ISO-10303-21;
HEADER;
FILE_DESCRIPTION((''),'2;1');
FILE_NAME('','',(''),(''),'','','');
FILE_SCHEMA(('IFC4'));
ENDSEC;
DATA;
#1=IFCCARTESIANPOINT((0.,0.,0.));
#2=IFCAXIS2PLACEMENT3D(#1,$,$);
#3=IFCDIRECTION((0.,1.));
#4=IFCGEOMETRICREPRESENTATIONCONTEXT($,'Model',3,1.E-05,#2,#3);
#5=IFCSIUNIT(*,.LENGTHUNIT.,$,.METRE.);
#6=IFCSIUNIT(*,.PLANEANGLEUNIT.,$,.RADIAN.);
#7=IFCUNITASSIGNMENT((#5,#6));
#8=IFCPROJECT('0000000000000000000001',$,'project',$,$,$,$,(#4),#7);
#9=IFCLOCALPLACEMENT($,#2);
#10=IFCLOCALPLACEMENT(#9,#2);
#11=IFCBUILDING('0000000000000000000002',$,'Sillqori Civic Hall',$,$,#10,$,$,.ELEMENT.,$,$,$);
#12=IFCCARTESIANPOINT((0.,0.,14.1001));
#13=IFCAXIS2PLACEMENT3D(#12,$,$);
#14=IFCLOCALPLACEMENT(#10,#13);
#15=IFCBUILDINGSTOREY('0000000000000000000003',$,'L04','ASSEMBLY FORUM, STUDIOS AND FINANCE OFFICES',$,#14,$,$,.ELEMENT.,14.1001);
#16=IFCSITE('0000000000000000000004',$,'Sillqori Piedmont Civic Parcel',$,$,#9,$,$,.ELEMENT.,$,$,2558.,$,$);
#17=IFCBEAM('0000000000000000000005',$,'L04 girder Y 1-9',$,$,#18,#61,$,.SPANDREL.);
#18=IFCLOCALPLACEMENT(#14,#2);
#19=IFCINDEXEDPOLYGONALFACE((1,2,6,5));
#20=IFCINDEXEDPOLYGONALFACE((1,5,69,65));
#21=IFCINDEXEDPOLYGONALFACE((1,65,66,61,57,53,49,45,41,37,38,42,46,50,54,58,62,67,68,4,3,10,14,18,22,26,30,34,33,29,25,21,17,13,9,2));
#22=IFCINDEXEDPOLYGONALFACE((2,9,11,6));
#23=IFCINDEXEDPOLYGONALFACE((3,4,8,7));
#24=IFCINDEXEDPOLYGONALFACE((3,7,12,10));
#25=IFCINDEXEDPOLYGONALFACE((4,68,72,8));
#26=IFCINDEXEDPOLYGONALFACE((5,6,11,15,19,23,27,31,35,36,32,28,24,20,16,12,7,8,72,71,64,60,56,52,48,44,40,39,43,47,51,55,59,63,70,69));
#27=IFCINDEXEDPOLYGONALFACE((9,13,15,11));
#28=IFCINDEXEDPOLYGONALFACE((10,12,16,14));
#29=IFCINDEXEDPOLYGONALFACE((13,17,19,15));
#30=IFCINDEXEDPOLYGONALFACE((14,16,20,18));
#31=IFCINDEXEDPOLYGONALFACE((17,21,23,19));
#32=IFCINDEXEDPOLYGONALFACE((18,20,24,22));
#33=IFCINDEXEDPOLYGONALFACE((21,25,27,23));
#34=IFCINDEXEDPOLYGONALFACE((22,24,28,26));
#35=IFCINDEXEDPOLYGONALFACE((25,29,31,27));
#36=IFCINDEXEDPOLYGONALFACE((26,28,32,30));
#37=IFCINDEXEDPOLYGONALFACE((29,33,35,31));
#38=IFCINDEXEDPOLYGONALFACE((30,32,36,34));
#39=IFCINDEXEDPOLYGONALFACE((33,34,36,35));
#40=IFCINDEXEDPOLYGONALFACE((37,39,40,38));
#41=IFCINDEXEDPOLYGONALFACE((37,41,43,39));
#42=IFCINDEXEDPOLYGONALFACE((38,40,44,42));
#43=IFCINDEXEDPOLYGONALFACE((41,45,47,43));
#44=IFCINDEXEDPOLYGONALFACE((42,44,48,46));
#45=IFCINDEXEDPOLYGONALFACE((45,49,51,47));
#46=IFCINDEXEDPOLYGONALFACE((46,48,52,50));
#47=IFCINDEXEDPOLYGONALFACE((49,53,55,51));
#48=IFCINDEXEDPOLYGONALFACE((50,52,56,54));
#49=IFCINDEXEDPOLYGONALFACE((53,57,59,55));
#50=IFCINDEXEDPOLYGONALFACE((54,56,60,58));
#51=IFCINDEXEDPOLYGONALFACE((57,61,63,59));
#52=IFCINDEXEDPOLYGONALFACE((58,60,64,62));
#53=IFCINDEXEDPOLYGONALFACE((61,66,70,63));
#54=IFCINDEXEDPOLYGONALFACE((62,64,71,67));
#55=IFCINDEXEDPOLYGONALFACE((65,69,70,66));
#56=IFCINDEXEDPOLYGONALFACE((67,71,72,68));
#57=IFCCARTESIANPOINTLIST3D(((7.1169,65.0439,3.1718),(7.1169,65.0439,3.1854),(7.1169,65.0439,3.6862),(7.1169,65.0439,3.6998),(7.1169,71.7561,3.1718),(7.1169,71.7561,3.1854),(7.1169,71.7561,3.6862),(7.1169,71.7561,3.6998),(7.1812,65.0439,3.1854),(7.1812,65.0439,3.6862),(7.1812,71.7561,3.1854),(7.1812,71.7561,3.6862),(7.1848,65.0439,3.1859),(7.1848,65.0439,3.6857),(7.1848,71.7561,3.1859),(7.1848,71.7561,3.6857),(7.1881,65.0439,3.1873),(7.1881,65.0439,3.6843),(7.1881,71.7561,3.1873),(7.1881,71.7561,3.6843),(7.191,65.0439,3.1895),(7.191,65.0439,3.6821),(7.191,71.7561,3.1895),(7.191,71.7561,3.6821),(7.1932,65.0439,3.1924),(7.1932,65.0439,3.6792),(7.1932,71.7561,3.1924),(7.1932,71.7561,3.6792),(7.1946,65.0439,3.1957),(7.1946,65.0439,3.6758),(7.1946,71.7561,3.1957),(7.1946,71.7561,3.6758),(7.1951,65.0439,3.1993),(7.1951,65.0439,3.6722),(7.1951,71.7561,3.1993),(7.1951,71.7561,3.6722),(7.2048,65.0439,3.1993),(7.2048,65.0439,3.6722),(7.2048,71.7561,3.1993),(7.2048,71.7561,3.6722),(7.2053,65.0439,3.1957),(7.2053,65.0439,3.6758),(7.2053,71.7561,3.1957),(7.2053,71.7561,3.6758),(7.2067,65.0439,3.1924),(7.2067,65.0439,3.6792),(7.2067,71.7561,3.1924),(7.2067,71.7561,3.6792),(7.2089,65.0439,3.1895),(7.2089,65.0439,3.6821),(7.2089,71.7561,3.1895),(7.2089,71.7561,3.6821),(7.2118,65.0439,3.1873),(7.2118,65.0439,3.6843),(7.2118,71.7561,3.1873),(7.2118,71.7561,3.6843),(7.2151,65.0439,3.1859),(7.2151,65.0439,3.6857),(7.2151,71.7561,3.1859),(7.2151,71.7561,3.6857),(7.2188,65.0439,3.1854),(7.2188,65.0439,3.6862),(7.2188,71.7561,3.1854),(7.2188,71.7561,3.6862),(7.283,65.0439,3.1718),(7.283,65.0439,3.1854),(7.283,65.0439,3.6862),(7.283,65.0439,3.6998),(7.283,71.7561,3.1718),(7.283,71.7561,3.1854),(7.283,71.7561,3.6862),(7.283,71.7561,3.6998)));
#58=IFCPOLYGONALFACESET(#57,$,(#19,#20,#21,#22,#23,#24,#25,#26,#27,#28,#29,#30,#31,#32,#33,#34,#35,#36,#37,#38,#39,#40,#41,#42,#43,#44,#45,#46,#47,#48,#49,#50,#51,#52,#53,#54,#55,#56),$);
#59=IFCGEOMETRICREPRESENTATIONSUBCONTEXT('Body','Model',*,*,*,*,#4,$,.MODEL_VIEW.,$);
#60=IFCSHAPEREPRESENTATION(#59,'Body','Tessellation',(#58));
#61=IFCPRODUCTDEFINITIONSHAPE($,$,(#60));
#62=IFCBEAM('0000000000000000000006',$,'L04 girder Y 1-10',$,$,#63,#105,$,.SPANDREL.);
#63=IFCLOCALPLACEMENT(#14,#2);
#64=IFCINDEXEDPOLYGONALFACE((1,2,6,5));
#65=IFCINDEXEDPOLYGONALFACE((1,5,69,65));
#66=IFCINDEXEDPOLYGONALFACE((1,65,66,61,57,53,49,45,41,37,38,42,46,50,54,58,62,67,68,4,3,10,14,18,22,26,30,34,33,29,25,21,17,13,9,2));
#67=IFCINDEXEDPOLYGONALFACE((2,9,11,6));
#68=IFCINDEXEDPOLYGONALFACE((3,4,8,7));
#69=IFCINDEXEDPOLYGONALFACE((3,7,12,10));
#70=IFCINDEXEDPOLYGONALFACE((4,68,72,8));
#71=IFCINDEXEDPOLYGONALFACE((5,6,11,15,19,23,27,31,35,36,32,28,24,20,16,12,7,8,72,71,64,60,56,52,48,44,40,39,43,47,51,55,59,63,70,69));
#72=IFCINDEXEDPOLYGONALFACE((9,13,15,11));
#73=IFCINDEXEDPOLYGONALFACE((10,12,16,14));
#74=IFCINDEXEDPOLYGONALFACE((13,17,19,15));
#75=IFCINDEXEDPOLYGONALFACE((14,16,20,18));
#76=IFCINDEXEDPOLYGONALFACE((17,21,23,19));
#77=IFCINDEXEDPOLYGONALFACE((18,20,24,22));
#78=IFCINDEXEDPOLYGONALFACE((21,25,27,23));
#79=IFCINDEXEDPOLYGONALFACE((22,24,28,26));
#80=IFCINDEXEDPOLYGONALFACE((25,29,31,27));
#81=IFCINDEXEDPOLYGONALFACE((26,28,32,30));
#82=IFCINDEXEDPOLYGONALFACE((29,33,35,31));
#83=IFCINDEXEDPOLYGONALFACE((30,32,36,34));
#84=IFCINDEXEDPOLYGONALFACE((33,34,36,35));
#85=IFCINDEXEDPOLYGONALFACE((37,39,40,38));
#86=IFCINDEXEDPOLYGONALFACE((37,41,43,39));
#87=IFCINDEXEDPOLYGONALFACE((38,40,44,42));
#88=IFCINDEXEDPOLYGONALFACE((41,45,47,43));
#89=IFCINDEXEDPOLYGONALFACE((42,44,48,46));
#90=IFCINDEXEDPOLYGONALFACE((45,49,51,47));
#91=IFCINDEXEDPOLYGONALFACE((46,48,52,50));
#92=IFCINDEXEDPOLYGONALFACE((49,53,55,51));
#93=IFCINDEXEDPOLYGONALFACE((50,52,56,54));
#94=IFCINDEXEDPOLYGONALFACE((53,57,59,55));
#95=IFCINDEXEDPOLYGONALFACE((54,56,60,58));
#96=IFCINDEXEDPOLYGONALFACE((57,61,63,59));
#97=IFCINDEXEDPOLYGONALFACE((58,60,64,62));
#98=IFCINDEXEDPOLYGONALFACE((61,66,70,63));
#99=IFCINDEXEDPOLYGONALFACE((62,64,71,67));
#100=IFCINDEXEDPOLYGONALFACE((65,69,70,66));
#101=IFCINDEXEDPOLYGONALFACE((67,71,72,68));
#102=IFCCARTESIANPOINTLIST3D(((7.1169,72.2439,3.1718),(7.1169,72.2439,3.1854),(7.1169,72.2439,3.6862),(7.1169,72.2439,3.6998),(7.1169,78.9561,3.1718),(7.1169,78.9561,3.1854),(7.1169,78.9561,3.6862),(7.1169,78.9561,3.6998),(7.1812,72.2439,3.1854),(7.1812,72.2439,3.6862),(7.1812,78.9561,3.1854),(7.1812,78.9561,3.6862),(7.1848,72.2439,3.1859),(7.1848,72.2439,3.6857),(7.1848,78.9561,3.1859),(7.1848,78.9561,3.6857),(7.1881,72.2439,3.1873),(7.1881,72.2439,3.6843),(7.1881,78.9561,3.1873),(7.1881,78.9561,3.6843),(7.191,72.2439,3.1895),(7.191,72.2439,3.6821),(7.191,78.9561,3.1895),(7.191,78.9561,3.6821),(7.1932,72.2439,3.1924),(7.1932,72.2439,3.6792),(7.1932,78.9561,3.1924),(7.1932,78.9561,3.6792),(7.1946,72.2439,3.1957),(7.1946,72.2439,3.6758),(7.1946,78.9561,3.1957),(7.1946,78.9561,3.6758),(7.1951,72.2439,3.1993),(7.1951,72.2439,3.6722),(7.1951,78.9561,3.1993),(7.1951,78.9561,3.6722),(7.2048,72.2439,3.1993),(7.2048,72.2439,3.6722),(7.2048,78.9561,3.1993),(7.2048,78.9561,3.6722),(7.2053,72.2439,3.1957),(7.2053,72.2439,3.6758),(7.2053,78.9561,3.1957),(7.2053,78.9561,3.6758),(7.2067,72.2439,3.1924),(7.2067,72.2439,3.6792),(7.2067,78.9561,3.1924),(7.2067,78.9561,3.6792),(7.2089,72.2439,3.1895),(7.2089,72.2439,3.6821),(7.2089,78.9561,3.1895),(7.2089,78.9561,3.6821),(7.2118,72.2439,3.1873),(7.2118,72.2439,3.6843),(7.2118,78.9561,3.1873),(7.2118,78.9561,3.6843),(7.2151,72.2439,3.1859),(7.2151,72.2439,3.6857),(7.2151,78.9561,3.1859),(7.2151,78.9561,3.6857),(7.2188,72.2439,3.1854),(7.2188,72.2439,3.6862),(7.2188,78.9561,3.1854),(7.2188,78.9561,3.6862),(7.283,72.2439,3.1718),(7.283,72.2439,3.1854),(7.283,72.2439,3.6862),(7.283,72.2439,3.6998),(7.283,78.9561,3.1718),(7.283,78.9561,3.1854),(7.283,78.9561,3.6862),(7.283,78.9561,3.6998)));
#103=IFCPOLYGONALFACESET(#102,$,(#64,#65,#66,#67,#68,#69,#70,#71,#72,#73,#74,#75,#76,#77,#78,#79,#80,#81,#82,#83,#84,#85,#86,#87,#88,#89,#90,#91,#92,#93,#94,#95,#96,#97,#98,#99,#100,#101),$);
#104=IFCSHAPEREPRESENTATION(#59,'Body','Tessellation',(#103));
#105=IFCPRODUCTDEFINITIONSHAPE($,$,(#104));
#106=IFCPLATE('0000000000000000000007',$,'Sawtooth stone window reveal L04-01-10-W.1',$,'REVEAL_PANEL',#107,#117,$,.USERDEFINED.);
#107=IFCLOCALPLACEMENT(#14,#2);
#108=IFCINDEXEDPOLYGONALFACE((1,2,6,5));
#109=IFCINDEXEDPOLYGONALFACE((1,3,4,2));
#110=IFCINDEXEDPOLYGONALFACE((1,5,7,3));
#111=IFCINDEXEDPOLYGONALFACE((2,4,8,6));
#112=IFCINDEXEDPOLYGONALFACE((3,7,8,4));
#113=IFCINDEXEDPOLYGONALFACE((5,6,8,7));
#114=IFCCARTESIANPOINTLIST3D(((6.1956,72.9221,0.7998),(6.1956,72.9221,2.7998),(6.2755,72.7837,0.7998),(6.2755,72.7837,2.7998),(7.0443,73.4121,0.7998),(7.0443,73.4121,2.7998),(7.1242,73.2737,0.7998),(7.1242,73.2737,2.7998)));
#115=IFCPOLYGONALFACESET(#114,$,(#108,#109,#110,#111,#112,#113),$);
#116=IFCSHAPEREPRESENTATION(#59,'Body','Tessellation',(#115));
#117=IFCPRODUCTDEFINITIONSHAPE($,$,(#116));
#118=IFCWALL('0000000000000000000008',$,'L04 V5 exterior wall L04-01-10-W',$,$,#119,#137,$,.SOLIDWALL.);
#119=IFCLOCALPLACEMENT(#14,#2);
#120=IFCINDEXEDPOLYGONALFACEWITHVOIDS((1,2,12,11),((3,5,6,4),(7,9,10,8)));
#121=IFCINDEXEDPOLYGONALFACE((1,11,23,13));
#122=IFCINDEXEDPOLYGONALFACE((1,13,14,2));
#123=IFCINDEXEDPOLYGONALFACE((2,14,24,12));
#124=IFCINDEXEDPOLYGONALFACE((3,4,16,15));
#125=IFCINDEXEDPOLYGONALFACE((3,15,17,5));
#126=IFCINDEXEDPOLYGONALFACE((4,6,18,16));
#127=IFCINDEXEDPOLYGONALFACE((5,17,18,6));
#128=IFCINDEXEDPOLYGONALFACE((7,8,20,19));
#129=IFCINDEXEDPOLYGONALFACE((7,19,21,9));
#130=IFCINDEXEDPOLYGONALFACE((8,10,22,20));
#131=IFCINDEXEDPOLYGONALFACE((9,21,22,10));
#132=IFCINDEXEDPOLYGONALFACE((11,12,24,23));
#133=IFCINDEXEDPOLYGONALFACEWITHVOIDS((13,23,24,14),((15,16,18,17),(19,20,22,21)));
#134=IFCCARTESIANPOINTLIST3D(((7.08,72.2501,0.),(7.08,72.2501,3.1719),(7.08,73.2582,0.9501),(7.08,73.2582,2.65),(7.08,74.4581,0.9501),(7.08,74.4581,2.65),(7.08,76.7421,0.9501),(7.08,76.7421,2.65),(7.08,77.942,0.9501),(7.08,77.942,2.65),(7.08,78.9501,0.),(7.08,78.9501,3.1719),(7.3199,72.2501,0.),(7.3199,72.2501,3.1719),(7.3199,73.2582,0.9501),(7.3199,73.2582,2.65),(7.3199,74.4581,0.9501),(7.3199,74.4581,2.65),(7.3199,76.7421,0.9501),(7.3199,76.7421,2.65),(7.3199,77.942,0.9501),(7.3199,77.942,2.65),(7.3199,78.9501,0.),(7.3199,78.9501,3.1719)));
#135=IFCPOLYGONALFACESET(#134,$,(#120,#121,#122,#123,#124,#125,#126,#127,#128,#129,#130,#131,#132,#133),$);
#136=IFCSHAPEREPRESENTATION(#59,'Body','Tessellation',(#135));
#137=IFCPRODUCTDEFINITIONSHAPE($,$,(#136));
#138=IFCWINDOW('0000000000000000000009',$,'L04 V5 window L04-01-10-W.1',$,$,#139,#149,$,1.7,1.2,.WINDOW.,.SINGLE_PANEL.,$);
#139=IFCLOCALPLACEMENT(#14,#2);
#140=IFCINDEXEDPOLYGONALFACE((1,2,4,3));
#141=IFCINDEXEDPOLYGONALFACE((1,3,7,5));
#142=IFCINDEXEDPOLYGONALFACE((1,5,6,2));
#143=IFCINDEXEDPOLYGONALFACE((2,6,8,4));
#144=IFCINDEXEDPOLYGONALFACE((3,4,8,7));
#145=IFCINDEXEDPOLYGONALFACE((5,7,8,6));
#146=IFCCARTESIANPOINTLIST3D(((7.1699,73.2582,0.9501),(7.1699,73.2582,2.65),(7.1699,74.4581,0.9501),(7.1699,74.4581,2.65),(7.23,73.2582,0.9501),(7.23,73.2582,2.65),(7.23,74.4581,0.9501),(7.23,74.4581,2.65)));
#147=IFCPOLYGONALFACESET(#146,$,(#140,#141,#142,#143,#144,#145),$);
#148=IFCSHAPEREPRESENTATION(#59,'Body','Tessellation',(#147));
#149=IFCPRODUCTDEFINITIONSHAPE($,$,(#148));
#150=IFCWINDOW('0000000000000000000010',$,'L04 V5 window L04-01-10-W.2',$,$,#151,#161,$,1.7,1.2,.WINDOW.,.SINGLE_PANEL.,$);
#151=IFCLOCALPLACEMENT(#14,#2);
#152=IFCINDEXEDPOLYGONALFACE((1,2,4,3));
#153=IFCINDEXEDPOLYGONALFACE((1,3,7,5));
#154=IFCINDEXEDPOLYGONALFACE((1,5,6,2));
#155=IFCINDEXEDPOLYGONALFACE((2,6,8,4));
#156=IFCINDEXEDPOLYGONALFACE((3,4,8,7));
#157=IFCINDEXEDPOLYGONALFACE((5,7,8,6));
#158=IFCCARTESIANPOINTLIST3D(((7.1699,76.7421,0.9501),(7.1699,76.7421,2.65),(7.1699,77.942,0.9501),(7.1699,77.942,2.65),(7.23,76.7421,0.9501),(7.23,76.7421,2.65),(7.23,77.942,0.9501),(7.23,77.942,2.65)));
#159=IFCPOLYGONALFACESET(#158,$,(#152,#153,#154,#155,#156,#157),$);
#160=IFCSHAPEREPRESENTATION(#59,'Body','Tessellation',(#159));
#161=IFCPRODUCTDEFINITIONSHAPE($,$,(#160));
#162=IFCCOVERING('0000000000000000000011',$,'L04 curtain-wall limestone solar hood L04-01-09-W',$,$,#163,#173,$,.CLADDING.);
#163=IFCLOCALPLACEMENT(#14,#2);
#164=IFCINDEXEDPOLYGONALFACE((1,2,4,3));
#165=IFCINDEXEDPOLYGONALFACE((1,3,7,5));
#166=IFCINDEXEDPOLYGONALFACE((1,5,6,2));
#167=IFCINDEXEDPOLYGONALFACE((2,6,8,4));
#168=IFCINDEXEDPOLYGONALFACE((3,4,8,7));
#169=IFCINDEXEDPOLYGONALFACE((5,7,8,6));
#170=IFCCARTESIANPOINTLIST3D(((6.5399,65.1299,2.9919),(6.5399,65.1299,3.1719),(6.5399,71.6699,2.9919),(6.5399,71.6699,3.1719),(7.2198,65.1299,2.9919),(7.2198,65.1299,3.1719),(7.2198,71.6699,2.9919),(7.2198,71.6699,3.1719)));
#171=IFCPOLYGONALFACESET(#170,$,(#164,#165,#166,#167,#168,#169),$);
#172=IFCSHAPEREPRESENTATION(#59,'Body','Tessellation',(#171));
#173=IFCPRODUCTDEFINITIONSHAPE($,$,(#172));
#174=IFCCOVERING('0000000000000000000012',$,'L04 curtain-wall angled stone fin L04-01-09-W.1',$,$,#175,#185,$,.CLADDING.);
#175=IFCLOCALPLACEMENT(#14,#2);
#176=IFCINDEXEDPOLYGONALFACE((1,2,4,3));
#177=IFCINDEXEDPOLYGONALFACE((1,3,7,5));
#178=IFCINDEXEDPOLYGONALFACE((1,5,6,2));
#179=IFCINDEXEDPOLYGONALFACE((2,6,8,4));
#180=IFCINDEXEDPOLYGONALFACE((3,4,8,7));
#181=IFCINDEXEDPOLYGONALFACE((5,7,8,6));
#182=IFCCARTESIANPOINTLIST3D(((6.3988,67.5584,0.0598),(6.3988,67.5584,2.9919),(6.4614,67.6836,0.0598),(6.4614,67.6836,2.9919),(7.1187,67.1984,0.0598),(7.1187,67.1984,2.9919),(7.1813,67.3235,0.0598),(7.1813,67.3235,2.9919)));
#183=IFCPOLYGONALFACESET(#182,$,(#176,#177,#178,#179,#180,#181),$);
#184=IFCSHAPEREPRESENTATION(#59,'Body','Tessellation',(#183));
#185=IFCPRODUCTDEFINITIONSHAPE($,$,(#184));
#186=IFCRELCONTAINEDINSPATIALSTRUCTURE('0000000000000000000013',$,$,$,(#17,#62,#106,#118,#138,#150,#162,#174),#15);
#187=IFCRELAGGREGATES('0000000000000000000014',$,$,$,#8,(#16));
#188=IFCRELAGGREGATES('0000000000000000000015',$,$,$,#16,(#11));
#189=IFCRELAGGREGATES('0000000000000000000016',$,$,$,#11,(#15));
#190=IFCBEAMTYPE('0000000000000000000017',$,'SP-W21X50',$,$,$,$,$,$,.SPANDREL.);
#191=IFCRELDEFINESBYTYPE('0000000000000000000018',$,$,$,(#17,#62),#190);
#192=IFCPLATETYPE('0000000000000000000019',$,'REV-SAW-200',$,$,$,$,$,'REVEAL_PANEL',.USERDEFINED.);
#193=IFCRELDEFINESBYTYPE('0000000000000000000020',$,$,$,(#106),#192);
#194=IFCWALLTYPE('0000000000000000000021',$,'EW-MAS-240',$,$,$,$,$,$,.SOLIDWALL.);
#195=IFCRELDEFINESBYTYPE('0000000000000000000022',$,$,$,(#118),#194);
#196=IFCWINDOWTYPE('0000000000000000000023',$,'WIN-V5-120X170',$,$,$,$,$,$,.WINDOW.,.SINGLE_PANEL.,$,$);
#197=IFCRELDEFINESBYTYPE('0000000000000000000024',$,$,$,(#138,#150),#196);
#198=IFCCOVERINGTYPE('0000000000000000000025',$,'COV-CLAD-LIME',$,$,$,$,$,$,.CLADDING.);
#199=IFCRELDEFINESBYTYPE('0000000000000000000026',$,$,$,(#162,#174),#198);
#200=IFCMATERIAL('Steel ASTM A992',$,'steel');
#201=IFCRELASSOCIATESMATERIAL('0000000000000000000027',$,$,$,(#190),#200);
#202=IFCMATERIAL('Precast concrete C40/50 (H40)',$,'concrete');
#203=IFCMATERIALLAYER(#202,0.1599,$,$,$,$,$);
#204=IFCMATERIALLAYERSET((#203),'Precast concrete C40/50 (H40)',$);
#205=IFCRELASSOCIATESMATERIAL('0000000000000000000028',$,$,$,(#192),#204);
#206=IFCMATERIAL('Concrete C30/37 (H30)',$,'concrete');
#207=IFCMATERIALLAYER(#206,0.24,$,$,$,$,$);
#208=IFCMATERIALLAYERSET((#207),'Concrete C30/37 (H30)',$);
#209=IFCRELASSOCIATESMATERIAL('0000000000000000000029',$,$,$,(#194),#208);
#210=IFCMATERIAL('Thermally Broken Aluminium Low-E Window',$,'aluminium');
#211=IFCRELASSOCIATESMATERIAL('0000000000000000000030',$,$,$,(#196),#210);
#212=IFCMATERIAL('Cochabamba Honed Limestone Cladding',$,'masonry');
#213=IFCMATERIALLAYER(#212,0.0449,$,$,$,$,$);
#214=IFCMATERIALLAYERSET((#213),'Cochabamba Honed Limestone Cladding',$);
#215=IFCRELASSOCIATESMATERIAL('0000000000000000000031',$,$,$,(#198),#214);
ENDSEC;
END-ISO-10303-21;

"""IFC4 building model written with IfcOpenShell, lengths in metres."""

from ifc_helpers import new_model, si_unit, direction, frame, frame_2d, origin, origin_2d, place, context, subcontext, project, spatial, rectangle, i_section, extrude, material, layer, layer_set, material_profile, profile_set, type_object, element, fill, save


model = new_model("IFC4")

# Units and contexts
model_context = context("Model", 3, precision=1e-05, world=origin(), true_north=direction((0.0, 1.0)))
body_context = subcontext(model_context, "Body", "Model", "MODEL_VIEW")
ifc_project = project(units=[si_unit("LENGTHUNIT", "METRE"), si_unit("PLANEANGLEUNIT", "RADIAN")], contexts=[model_context])

# Site, building, storey
site_placement = place(None, origin())
site = spatial("IfcSite", under=ifc_project, at=site_placement, Name="Sillqori Piedmont Civic Parcel", CompositionType="ELEMENT", RefElevation=2558.0)
building_placement = place(site_placement, origin())
building = spatial("IfcBuilding", under=site, at=building_placement, Name="Sillqori Civic Hall", CompositionType="ELEMENT")
storey_placement = place(building_placement, frame((0.0, 0.0, 14.1001)))
storey = spatial("IfcBuildingStorey", under=building, at=storey_placement, Name="L04", Description="ASSEMBLY FORUM, STUDIOS AND FINANCE OFFICES", CompositionType="ELEMENT", Elevation=14.1001)

# Shared definitions
ifc_material_1 = material(Name="Steel ASTM A992", Category="steel")

# Beams
ifc_material_profile_1 = material_profile(ifc_material_1, i_section(OverallWidth=0.166, OverallDepth=0.5281, WebThickness=0.0098, FlangeThickness=0.0137, FilletRadius=0.0139, at=origin_2d()), Name="W21X50")
ifc_profile_set_1 = profile_set([ifc_material_profile_1], Name="Steel ASTM A992")
beam_type_1 = type_object("IfcBeamType", Name="SP-W21X50", PredefinedType="SPANDREL", material=ifc_profile_set_1)
for number, where, z_axis, x_axis, name in (
    (1, (7.2, 65.0439, 3.4358), (0.0, 1.0, 0.0), (-1.0, 0.0, 0.0), "L04 girder Y 1-9"),
    (2, (7.2, 72.2439, 3.4358), (0.0, 1.0, 0.0), (-1.0, 0.0, 0.0), "L04 girder Y 1-10"),
):
    element("IfcBeam", number, at=place(storey_placement, frame(where, z_axis=z_axis, x_axis=x_axis)), inside=storey, type_object=beam_type_1, Name=name, PredefinedType="SPANDREL", context=body_context, shape_type="SweptSolid", body=[
        extrude(i_section(OverallWidth=0.166, OverallDepth=0.5281, WebThickness=0.0098, FlangeThickness=0.0137, FilletRadius=0.0139, at=origin_2d()), origin(), (0.0, 0.0, 1.0), 6.7122),
    ])

# Plate
ifc_material_2 = material(Name="Precast concrete C40/50 (H40)", Category="concrete")
ifc_layer_1 = layer(ifc_material_2, 0.1599)
ifc_layer_set_1 = layer_set([ifc_layer_1], Name="Precast concrete C40/50 (H40)")
plate_type_1 = type_object("IfcPlateType", Name="REV-SAW-200", ElementType="REVEAL_PANEL", PredefinedType="USERDEFINED", material=ifc_layer_set_1)
plate_1_placement = place(storey_placement, frame((6.6599, 73.0979, 0.7998), z_axis=(0.0, 0.0, 1.0), x_axis=(-0.5, 0.866025, 0.0)))
element("IfcPlate", 3, at=plate_1_placement, inside=storey, type_object=plate_type_1, Name="Sawtooth stone window reveal L04-01-10-W.1", ObjectType="REVEAL_PANEL", PredefinedType="USERDEFINED", context=body_context, shape_type="SweptSolid", body=[
    extrude(rectangle(XDim=0.1599, YDim=0.98, at=origin_2d()), origin(), (0.0, 0.0, 1.0), 2.0),
])

# Wall, openings, windows
ifc_material_3 = material(Name="Concrete C30/37 (H30)", Category="concrete")
ifc_layer_2 = layer(ifc_material_3, 0.24)
ifc_layer_set_2 = layer_set([ifc_layer_2], Name="Concrete C30/37 (H30)")
wall_type = type_object("IfcWallType", Name="EW-MAS-240", PredefinedType="SOLIDWALL", material=ifc_layer_set_2)
wall_placement = place(storey_placement, frame((7.2, 72.25, 0.0), z_axis=(0.0, 0.0, 1.0), x_axis=(0.0, 1.0, 0.0)))
wall = element("IfcWall", 4, at=wall_placement, inside=storey, type_object=wall_type, Name="L04 V5 exterior wall L04-01-10-W", PredefinedType="SOLIDWALL", context=body_context, shape_type="SweptSolid", body=[
    extrude(rectangle(XDim=6.7, YDim=0.24, at=frame_2d((3.3501, 0.0))), origin(), (0.0, 0.0, 1.0), 3.1719),
])
opening_1_placement = place(wall_placement, frame((1.0081, 0.0, 0.95)))
opening_1 = element("IfcOpeningElement", 5, at=opening_1_placement, cuts=wall, PredefinedType="OPENING", context=body_context, shape_type="SweptSolid", body=[
    extrude(rectangle(XDim=1.2, YDim=1.7, at=frame_2d((0.6001, 0.8501))), frame((0.0, 0.1299, 0.0), z_axis=(0.0, -1.0, 0.0), x_axis=(1.0, 0.0, 0.0)), (0.0, 0.0, 1.0), 0.26),
])
opening_2_placement = place(wall_placement, frame((4.4919, 0.0, 0.95)))
opening_2 = element("IfcOpeningElement", 6, at=opening_2_placement, cuts=wall, PredefinedType="OPENING", context=body_context, shape_type="SweptSolid", body=[
    extrude(rectangle(XDim=1.2, YDim=1.7, at=frame_2d((0.6001, 0.8501))), frame((0.0, 0.1299, 0.0), z_axis=(0.0, -1.0, 0.0), x_axis=(1.0, 0.0, 0.0)), (0.0, 0.0, 1.0), 0.26),
])
ifc_material_4 = material(Name="Thermally Broken Aluminium Low-E Window", Category="aluminium")
window_type = type_object("IfcWindowType", Name="WIN-V5-120X170", PartitioningType="SINGLE_PANEL", PredefinedType="WINDOW", material=ifc_material_4)
window_1_placement = place(opening_1_placement, origin())
window_1 = element("IfcWindow", 7, at=window_1_placement, inside=storey, type_object=window_type, Name="L04 V5 window L04-01-10-W.1", OverallHeight=1.7, OverallWidth=1.2, PartitioningType="SINGLE_PANEL", PredefinedType="WINDOW", context=body_context, shape_type="SweptSolid", body=[
    extrude(rectangle(XDim=1.2, YDim=1.7, at=frame_2d((0.6001, 0.8501))), frame((0.0, 0.03, 0.0), z_axis=(0.0, -1.0, 0.0), x_axis=(1.0, 0.0, 0.0)), (0.0, 0.0, 1.0), 0.0601),
])
fill(opening_1, window_1)
window_2_placement = place(opening_2_placement, origin())
window_2 = element("IfcWindow", 8, at=window_2_placement, inside=storey, type_object=window_type, Name="L04 V5 window L04-01-10-W.2", OverallHeight=1.7, OverallWidth=1.2, PartitioningType="SINGLE_PANEL", PredefinedType="WINDOW", context=body_context, shape_type="SweptSolid", body=[
    extrude(rectangle(XDim=1.2, YDim=1.7, at=frame_2d((0.6001, 0.8501))), frame((0.0, 0.03, 0.0), z_axis=(0.0, -1.0, 0.0), x_axis=(1.0, 0.0, 0.0)), (0.0, 0.0, 1.0), 0.0601),
])
fill(opening_2, window_2)

# Coverings
ifc_material_5 = material(Name="Cochabamba Honed Limestone Cladding", Category="masonry")
ifc_layer_3 = layer(ifc_material_5, 0.0449)
ifc_layer_set_3 = layer_set([ifc_layer_3], Name="Cochabamba Honed Limestone Cladding")
covering_type = type_object("IfcCoveringType", Name="COV-CLAD-LIME", PredefinedType="CLADDING", material=ifc_layer_set_3)
covering_1_placement = place(storey_placement, frame((6.8799, 65.1299, 2.9919), z_axis=(0.0, 0.0, 1.0), x_axis=(0.0, 1.0, 0.0)))
element("IfcCovering", 9, at=covering_1_placement, inside=storey, type_object=covering_type, Name="L04 curtain-wall limestone solar hood L04-01-09-W", PredefinedType="CLADDING", context=body_context, shape_type="SweptSolid", body=[
    extrude(rectangle(XDim=6.54, YDim=0.6799, at=frame_2d((3.27, 0.0))), origin(), (0.0, 0.0, 1.0), 0.1799),
])
for number, where, z_axis, x_axis, name in (
    (10, (7.1499, 67.261, 0.0598), (0.0, 0.0, 1.0), (-0.894367, 0.447335, 0.0), "L04 curtain-wall angled stone fin L04-01-09-W.1"),
):
    element("IfcCovering", number, at=place(storey_placement, frame(where, z_axis=z_axis, x_axis=x_axis)), inside=storey, type_object=covering_type, Name=name, PredefinedType="CLADDING", context=body_context, shape_type="SweptSolid", body=[
        extrude(rectangle(XDim=0.8049, YDim=0.1399, at=frame_2d((0.4023, 0.0))), origin(), (0.0, 0.0, 1.0), 2.9321),
    ])

save(model, "model.ifc")
